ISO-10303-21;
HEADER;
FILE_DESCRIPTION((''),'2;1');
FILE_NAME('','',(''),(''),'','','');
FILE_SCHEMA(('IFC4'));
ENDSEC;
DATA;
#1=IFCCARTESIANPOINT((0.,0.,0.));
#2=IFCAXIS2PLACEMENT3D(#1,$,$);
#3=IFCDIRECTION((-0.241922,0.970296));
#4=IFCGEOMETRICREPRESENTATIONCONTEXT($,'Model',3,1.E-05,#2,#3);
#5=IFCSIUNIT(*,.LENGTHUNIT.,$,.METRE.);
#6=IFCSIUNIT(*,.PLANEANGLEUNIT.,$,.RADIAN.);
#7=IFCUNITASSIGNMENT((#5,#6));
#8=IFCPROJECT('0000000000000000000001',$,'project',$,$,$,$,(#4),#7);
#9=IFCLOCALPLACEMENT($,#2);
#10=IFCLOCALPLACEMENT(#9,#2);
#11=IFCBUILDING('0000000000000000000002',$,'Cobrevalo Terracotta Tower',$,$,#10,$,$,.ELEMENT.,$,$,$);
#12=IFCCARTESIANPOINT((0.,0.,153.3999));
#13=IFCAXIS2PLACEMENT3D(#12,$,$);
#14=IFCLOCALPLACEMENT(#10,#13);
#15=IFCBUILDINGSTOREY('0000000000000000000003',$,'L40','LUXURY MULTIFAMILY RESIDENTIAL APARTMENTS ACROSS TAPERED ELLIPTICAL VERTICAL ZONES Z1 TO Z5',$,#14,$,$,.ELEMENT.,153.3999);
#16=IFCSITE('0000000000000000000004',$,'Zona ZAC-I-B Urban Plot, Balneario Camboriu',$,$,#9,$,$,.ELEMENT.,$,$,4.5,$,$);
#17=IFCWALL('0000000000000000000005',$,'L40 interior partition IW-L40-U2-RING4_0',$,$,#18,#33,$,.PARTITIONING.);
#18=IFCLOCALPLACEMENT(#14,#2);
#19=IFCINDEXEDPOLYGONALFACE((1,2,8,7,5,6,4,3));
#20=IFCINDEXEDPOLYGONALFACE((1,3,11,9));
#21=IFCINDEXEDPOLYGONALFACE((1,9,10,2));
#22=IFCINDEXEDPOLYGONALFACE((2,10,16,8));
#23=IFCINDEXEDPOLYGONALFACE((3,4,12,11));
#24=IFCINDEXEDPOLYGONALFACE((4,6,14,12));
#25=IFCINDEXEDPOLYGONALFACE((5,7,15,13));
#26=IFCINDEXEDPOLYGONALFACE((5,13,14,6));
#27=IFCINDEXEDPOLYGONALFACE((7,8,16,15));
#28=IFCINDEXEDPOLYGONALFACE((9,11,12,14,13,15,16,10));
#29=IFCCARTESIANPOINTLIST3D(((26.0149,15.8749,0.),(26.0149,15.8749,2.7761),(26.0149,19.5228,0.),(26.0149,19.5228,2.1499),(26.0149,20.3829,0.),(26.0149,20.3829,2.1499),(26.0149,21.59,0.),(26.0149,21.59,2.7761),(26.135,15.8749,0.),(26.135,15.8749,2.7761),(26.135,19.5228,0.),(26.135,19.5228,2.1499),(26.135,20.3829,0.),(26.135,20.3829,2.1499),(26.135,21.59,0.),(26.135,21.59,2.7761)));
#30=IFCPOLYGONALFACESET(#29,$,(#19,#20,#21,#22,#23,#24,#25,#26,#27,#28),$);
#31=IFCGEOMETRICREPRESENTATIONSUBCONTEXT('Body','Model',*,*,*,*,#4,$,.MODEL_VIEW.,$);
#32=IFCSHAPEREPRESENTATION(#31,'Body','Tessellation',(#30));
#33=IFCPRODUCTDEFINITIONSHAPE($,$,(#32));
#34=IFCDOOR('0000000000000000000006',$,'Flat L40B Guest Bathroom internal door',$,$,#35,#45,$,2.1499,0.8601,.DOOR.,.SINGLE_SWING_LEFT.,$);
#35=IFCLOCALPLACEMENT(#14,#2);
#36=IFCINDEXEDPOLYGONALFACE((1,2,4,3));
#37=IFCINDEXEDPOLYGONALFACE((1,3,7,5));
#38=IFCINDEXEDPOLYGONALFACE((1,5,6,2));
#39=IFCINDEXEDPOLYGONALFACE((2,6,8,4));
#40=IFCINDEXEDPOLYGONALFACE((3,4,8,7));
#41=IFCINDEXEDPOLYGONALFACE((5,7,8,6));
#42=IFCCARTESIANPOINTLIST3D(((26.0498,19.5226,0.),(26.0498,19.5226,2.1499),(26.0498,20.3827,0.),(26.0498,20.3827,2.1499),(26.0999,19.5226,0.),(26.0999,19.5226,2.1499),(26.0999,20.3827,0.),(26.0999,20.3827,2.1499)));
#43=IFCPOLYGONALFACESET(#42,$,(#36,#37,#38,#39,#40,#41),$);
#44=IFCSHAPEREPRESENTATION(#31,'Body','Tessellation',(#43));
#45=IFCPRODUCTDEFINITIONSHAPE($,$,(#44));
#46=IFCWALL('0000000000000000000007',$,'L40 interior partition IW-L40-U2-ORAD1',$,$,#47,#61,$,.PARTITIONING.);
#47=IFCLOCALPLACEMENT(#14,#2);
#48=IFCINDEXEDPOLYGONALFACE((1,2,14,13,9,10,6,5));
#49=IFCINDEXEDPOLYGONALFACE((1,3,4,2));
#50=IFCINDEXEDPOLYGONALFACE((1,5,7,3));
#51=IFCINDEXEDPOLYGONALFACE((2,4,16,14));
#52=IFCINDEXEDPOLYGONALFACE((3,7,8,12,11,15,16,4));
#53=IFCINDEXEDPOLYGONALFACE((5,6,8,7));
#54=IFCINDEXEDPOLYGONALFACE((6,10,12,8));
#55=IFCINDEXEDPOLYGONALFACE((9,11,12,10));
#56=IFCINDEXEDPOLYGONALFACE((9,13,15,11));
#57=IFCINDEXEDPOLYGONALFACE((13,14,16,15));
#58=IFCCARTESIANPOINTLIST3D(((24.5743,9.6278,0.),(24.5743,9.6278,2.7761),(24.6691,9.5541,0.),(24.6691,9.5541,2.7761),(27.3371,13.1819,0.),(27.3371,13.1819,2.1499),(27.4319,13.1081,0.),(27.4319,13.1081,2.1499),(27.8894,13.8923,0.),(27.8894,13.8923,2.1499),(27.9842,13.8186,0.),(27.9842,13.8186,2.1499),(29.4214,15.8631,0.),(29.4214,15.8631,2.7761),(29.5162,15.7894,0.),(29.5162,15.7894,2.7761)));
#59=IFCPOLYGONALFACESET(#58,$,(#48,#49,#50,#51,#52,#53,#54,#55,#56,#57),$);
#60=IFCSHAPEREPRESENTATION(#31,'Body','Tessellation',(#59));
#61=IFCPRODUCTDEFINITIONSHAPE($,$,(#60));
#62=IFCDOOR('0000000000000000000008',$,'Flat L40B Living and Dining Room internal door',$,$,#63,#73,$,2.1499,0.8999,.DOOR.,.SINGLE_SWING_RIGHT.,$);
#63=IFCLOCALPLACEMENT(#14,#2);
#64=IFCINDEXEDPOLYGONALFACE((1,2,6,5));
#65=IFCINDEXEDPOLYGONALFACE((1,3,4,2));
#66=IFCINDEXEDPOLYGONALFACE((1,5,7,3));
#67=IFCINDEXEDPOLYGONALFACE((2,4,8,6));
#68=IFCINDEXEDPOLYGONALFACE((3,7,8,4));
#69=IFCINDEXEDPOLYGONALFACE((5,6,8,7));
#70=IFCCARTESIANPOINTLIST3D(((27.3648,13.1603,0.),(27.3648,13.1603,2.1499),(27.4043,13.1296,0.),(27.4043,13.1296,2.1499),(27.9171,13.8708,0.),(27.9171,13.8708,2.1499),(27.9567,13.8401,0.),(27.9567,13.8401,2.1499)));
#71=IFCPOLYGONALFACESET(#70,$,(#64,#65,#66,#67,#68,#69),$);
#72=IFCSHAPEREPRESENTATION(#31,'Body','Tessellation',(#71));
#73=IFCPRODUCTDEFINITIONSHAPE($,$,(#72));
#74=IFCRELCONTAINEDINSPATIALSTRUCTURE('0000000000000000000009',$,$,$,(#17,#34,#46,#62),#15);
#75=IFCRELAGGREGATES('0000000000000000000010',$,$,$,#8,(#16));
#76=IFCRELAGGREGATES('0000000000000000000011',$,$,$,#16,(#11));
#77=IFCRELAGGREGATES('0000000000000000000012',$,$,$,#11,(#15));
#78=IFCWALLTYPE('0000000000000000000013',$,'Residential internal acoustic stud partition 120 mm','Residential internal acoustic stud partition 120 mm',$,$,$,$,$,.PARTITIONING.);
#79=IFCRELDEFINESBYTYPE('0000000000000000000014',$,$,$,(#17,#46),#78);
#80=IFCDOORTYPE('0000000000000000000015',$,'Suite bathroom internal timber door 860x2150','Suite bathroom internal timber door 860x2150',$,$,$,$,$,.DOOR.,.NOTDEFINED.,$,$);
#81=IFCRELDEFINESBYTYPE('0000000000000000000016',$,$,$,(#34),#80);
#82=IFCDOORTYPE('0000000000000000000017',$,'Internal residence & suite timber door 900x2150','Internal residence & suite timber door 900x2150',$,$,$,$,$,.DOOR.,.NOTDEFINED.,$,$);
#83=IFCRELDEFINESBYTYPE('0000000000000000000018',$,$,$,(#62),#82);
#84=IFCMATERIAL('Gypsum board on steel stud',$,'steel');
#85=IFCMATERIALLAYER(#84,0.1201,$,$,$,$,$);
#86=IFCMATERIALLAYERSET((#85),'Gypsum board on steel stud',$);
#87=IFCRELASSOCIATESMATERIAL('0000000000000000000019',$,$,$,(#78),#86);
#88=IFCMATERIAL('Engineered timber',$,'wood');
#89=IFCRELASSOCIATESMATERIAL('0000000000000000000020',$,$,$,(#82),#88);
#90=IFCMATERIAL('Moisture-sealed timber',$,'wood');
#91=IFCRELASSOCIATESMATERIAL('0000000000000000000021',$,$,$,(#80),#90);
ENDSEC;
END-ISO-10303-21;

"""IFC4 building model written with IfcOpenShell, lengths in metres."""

from ifc_helpers import new_model, si_unit, direction, frame, frame_2d, origin, place, context, subcontext, project, spatial, rectangle, extrude, source, transform, mapped, material, layer, layer_set, type_object, element, fill, save


model = new_model("IFC4")

# Units and contexts
model_context = context("Model", 3, precision=1e-05, world=origin(), true_north=direction((-0.241922, 0.970296)))
body_context = subcontext(model_context, "Body", "Model", "MODEL_VIEW")
ifc_project = project(units=[si_unit("LENGTHUNIT", "METRE"), si_unit("PLANEANGLEUNIT", "RADIAN")], contexts=[model_context])

# Site, building, storey
site_placement = place(None, origin())
site = spatial("IfcSite", under=ifc_project, at=site_placement, Name="Zona ZAC-I-B Urban Plot, Balneario Camboriu", CompositionType="ELEMENT", RefElevation=4.5)
building_placement = place(site_placement, origin())
building = spatial("IfcBuilding", under=site, at=building_placement, Name="Cobrevalo Terracotta Tower", CompositionType="ELEMENT")
storey_placement = place(building_placement, frame((0.0, 0.0, 153.3999)))
storey = spatial("IfcBuildingStorey", under=building, at=storey_placement, Name="L40", Description="LUXURY MULTIFAMILY RESIDENTIAL APARTMENTS ACROSS TAPERED ELLIPTICAL VERTICAL ZONES Z1 TO Z5", CompositionType="ELEMENT", Elevation=153.3999)

# Shared definitions
ifc_material_1 = material(Name="Gypsum board on steel stud", Category="steel")
ifc_layer_1 = layer(ifc_material_1, 0.1201)
ifc_layer_set_1 = layer_set([ifc_layer_1], Name="Gypsum board on steel stud")
wall_type_1 = type_object("IfcWallType", Name="Residential internal acoustic stud partition 120 mm", Description="Residential internal acoustic stud partition 120 mm", PredefinedType="PARTITIONING", material=ifc_layer_set_1)

# Walls, openings, doors
ifc_material_2 = material(Name="Engineered timber", Category="wood")
door_type_1 = type_object("IfcDoorType", Name="Internal residence & suite timber door 900x2150", Description="Internal residence & suite timber door 900x2150", OperationType="NOTDEFINED", PredefinedType="DOOR", material=ifc_material_2)
shared_shape_1 = source(origin(), body_context, "Body", "SweptSolid", [
    extrude(rectangle(XDim=0.8999, YDim=2.1499, at=frame_2d((0.45, 1.075))), frame((0.0, 0.0249, 0.0), z_axis=(0.0, -1.0, 0.0), x_axis=(1.0, 0.0, 0.0)), (0.0, 0.0, 1.0), 0.05),
])
wall_1_placement = place(storey_placement, frame((26.075, 15.875, 0.0), z_axis=(0.0, 0.0, 1.0), x_axis=(0.0, 1.0, 0.0)))
wall_1 = element("IfcWall", 1, at=wall_1_placement, inside=storey, type_object=wall_type_1, Name="L40 interior partition IW-L40-U2-RING4_0", PredefinedType="PARTITIONING", context=body_context, shape_type="SweptSolid", body=[
    extrude(rectangle(XDim=5.7151, YDim=0.1201, at=frame_2d((2.8574, 0.0))), origin(), (0.0, 0.0, 1.0), 2.7761),
])
opening_1_placement = place(wall_1_placement, frame((3.6477, 0.0, 0.0)))
opening_1 = element("IfcOpeningElement", 2, at=opening_1_placement, cuts=wall_1, PredefinedType="OPENING", context=body_context, shape_type="SweptSolid", body=[
    extrude(rectangle(XDim=0.8601, YDim=2.1499, at=frame_2d((0.4302, 1.075))), frame((0.0, 0.0701, 0.0), z_axis=(0.0, -1.0, 0.0), x_axis=(1.0, 0.0, 0.0)), (0.0, 0.0, 1.0), 0.1401),
])
ifc_material_3 = material(Name="Moisture-sealed timber", Category="wood")
door_type_2 = type_object("IfcDoorType", Name="Suite bathroom internal timber door 860x2150", Description="Suite bathroom internal timber door 860x2150", OperationType="NOTDEFINED", PredefinedType="DOOR", material=ifc_material_3)
shared_shape_2 = source(origin(), body_context, "Body", "SweptSolid", [
    extrude(rectangle(XDim=0.8601, YDim=2.1499, at=frame_2d((0.4302, 1.075))), frame((0.0, 0.0249, 0.0), z_axis=(0.0, -1.0, 0.0), x_axis=(1.0, 0.0, 0.0)), (0.0, 0.0, 1.0), 0.05),
])
door_1_placement = place(opening_1_placement, frame((0.8601, 0.0, 0.0), z_axis=(0.0, 0.0, 1.0), x_axis=(-1.0, 0.0, 0.0)))
door_1 = element("IfcDoor", 3, at=door_1_placement, inside=storey, type_object=door_type_2, Name="Flat L40B Guest Bathroom internal door", OperationType="SINGLE_SWING_LEFT", OverallHeight=2.1499, OverallWidth=0.8601, PredefinedType="DOOR", context=body_context, shape_type="MappedRepresentation", body=[
    mapped(shared_shape_2, transform((0.0, 0.0, 0.0), scale=1.0)),
])
fill(opening_1, door_1)
wall_2_placement = place(storey_placement, frame((29.4688, 15.8262, 0.0), z_axis=(0.0, 0.0, 1.0), x_axis=(-0.613739, -0.789509, 0.0)))
wall_2 = element("IfcWall", 4, at=wall_2_placement, inside=storey, type_object=wall_type_1, Name="L40 interior partition IW-L40-U2-ORAD1", PredefinedType="PARTITIONING", context=body_context, shape_type="SweptSolid", body=[
    extrude(rectangle(XDim=7.8977, YDim=0.1201, at=frame_2d((3.9487, 0.0))), origin(), (0.0, 0.0, 1.0), 2.7761),
])
opening_2_placement = place(wall_2_placement, frame((2.4961, 0.0, 0.0)))
opening_2 = element("IfcOpeningElement", 5, at=opening_2_placement, cuts=wall_2, PredefinedType="OPENING", context=body_context, shape_type="SweptSolid", body=[
    extrude(rectangle(XDim=0.8999, YDim=2.1499, at=frame_2d((0.45, 1.075))), frame((0.0, 0.0701, 0.0), z_axis=(0.0, -1.0, 0.0), x_axis=(1.0, 0.0, 0.0)), (0.0, 0.0, 1.0), 0.1401),
])
door_2_placement = place(opening_2_placement, frame((0.8999, 0.0, 0.0), z_axis=(0.0, 0.0, 1.0), x_axis=(-1.0, 0.0, 0.0)))
door_2 = element("IfcDoor", 6, at=door_2_placement, inside=storey, type_object=door_type_1, Name="Flat L40B Living and Dining Room internal door", OperationType="SINGLE_SWING_RIGHT", OverallHeight=2.1499, OverallWidth=0.8999, PredefinedType="DOOR", context=body_context, shape_type="MappedRepresentation", body=[
    mapped(shared_shape_1, transform((0.0, 0.0, 0.0), scale=1.0)),
])
fill(opening_2, door_2)

save(model, "model.ifc")
